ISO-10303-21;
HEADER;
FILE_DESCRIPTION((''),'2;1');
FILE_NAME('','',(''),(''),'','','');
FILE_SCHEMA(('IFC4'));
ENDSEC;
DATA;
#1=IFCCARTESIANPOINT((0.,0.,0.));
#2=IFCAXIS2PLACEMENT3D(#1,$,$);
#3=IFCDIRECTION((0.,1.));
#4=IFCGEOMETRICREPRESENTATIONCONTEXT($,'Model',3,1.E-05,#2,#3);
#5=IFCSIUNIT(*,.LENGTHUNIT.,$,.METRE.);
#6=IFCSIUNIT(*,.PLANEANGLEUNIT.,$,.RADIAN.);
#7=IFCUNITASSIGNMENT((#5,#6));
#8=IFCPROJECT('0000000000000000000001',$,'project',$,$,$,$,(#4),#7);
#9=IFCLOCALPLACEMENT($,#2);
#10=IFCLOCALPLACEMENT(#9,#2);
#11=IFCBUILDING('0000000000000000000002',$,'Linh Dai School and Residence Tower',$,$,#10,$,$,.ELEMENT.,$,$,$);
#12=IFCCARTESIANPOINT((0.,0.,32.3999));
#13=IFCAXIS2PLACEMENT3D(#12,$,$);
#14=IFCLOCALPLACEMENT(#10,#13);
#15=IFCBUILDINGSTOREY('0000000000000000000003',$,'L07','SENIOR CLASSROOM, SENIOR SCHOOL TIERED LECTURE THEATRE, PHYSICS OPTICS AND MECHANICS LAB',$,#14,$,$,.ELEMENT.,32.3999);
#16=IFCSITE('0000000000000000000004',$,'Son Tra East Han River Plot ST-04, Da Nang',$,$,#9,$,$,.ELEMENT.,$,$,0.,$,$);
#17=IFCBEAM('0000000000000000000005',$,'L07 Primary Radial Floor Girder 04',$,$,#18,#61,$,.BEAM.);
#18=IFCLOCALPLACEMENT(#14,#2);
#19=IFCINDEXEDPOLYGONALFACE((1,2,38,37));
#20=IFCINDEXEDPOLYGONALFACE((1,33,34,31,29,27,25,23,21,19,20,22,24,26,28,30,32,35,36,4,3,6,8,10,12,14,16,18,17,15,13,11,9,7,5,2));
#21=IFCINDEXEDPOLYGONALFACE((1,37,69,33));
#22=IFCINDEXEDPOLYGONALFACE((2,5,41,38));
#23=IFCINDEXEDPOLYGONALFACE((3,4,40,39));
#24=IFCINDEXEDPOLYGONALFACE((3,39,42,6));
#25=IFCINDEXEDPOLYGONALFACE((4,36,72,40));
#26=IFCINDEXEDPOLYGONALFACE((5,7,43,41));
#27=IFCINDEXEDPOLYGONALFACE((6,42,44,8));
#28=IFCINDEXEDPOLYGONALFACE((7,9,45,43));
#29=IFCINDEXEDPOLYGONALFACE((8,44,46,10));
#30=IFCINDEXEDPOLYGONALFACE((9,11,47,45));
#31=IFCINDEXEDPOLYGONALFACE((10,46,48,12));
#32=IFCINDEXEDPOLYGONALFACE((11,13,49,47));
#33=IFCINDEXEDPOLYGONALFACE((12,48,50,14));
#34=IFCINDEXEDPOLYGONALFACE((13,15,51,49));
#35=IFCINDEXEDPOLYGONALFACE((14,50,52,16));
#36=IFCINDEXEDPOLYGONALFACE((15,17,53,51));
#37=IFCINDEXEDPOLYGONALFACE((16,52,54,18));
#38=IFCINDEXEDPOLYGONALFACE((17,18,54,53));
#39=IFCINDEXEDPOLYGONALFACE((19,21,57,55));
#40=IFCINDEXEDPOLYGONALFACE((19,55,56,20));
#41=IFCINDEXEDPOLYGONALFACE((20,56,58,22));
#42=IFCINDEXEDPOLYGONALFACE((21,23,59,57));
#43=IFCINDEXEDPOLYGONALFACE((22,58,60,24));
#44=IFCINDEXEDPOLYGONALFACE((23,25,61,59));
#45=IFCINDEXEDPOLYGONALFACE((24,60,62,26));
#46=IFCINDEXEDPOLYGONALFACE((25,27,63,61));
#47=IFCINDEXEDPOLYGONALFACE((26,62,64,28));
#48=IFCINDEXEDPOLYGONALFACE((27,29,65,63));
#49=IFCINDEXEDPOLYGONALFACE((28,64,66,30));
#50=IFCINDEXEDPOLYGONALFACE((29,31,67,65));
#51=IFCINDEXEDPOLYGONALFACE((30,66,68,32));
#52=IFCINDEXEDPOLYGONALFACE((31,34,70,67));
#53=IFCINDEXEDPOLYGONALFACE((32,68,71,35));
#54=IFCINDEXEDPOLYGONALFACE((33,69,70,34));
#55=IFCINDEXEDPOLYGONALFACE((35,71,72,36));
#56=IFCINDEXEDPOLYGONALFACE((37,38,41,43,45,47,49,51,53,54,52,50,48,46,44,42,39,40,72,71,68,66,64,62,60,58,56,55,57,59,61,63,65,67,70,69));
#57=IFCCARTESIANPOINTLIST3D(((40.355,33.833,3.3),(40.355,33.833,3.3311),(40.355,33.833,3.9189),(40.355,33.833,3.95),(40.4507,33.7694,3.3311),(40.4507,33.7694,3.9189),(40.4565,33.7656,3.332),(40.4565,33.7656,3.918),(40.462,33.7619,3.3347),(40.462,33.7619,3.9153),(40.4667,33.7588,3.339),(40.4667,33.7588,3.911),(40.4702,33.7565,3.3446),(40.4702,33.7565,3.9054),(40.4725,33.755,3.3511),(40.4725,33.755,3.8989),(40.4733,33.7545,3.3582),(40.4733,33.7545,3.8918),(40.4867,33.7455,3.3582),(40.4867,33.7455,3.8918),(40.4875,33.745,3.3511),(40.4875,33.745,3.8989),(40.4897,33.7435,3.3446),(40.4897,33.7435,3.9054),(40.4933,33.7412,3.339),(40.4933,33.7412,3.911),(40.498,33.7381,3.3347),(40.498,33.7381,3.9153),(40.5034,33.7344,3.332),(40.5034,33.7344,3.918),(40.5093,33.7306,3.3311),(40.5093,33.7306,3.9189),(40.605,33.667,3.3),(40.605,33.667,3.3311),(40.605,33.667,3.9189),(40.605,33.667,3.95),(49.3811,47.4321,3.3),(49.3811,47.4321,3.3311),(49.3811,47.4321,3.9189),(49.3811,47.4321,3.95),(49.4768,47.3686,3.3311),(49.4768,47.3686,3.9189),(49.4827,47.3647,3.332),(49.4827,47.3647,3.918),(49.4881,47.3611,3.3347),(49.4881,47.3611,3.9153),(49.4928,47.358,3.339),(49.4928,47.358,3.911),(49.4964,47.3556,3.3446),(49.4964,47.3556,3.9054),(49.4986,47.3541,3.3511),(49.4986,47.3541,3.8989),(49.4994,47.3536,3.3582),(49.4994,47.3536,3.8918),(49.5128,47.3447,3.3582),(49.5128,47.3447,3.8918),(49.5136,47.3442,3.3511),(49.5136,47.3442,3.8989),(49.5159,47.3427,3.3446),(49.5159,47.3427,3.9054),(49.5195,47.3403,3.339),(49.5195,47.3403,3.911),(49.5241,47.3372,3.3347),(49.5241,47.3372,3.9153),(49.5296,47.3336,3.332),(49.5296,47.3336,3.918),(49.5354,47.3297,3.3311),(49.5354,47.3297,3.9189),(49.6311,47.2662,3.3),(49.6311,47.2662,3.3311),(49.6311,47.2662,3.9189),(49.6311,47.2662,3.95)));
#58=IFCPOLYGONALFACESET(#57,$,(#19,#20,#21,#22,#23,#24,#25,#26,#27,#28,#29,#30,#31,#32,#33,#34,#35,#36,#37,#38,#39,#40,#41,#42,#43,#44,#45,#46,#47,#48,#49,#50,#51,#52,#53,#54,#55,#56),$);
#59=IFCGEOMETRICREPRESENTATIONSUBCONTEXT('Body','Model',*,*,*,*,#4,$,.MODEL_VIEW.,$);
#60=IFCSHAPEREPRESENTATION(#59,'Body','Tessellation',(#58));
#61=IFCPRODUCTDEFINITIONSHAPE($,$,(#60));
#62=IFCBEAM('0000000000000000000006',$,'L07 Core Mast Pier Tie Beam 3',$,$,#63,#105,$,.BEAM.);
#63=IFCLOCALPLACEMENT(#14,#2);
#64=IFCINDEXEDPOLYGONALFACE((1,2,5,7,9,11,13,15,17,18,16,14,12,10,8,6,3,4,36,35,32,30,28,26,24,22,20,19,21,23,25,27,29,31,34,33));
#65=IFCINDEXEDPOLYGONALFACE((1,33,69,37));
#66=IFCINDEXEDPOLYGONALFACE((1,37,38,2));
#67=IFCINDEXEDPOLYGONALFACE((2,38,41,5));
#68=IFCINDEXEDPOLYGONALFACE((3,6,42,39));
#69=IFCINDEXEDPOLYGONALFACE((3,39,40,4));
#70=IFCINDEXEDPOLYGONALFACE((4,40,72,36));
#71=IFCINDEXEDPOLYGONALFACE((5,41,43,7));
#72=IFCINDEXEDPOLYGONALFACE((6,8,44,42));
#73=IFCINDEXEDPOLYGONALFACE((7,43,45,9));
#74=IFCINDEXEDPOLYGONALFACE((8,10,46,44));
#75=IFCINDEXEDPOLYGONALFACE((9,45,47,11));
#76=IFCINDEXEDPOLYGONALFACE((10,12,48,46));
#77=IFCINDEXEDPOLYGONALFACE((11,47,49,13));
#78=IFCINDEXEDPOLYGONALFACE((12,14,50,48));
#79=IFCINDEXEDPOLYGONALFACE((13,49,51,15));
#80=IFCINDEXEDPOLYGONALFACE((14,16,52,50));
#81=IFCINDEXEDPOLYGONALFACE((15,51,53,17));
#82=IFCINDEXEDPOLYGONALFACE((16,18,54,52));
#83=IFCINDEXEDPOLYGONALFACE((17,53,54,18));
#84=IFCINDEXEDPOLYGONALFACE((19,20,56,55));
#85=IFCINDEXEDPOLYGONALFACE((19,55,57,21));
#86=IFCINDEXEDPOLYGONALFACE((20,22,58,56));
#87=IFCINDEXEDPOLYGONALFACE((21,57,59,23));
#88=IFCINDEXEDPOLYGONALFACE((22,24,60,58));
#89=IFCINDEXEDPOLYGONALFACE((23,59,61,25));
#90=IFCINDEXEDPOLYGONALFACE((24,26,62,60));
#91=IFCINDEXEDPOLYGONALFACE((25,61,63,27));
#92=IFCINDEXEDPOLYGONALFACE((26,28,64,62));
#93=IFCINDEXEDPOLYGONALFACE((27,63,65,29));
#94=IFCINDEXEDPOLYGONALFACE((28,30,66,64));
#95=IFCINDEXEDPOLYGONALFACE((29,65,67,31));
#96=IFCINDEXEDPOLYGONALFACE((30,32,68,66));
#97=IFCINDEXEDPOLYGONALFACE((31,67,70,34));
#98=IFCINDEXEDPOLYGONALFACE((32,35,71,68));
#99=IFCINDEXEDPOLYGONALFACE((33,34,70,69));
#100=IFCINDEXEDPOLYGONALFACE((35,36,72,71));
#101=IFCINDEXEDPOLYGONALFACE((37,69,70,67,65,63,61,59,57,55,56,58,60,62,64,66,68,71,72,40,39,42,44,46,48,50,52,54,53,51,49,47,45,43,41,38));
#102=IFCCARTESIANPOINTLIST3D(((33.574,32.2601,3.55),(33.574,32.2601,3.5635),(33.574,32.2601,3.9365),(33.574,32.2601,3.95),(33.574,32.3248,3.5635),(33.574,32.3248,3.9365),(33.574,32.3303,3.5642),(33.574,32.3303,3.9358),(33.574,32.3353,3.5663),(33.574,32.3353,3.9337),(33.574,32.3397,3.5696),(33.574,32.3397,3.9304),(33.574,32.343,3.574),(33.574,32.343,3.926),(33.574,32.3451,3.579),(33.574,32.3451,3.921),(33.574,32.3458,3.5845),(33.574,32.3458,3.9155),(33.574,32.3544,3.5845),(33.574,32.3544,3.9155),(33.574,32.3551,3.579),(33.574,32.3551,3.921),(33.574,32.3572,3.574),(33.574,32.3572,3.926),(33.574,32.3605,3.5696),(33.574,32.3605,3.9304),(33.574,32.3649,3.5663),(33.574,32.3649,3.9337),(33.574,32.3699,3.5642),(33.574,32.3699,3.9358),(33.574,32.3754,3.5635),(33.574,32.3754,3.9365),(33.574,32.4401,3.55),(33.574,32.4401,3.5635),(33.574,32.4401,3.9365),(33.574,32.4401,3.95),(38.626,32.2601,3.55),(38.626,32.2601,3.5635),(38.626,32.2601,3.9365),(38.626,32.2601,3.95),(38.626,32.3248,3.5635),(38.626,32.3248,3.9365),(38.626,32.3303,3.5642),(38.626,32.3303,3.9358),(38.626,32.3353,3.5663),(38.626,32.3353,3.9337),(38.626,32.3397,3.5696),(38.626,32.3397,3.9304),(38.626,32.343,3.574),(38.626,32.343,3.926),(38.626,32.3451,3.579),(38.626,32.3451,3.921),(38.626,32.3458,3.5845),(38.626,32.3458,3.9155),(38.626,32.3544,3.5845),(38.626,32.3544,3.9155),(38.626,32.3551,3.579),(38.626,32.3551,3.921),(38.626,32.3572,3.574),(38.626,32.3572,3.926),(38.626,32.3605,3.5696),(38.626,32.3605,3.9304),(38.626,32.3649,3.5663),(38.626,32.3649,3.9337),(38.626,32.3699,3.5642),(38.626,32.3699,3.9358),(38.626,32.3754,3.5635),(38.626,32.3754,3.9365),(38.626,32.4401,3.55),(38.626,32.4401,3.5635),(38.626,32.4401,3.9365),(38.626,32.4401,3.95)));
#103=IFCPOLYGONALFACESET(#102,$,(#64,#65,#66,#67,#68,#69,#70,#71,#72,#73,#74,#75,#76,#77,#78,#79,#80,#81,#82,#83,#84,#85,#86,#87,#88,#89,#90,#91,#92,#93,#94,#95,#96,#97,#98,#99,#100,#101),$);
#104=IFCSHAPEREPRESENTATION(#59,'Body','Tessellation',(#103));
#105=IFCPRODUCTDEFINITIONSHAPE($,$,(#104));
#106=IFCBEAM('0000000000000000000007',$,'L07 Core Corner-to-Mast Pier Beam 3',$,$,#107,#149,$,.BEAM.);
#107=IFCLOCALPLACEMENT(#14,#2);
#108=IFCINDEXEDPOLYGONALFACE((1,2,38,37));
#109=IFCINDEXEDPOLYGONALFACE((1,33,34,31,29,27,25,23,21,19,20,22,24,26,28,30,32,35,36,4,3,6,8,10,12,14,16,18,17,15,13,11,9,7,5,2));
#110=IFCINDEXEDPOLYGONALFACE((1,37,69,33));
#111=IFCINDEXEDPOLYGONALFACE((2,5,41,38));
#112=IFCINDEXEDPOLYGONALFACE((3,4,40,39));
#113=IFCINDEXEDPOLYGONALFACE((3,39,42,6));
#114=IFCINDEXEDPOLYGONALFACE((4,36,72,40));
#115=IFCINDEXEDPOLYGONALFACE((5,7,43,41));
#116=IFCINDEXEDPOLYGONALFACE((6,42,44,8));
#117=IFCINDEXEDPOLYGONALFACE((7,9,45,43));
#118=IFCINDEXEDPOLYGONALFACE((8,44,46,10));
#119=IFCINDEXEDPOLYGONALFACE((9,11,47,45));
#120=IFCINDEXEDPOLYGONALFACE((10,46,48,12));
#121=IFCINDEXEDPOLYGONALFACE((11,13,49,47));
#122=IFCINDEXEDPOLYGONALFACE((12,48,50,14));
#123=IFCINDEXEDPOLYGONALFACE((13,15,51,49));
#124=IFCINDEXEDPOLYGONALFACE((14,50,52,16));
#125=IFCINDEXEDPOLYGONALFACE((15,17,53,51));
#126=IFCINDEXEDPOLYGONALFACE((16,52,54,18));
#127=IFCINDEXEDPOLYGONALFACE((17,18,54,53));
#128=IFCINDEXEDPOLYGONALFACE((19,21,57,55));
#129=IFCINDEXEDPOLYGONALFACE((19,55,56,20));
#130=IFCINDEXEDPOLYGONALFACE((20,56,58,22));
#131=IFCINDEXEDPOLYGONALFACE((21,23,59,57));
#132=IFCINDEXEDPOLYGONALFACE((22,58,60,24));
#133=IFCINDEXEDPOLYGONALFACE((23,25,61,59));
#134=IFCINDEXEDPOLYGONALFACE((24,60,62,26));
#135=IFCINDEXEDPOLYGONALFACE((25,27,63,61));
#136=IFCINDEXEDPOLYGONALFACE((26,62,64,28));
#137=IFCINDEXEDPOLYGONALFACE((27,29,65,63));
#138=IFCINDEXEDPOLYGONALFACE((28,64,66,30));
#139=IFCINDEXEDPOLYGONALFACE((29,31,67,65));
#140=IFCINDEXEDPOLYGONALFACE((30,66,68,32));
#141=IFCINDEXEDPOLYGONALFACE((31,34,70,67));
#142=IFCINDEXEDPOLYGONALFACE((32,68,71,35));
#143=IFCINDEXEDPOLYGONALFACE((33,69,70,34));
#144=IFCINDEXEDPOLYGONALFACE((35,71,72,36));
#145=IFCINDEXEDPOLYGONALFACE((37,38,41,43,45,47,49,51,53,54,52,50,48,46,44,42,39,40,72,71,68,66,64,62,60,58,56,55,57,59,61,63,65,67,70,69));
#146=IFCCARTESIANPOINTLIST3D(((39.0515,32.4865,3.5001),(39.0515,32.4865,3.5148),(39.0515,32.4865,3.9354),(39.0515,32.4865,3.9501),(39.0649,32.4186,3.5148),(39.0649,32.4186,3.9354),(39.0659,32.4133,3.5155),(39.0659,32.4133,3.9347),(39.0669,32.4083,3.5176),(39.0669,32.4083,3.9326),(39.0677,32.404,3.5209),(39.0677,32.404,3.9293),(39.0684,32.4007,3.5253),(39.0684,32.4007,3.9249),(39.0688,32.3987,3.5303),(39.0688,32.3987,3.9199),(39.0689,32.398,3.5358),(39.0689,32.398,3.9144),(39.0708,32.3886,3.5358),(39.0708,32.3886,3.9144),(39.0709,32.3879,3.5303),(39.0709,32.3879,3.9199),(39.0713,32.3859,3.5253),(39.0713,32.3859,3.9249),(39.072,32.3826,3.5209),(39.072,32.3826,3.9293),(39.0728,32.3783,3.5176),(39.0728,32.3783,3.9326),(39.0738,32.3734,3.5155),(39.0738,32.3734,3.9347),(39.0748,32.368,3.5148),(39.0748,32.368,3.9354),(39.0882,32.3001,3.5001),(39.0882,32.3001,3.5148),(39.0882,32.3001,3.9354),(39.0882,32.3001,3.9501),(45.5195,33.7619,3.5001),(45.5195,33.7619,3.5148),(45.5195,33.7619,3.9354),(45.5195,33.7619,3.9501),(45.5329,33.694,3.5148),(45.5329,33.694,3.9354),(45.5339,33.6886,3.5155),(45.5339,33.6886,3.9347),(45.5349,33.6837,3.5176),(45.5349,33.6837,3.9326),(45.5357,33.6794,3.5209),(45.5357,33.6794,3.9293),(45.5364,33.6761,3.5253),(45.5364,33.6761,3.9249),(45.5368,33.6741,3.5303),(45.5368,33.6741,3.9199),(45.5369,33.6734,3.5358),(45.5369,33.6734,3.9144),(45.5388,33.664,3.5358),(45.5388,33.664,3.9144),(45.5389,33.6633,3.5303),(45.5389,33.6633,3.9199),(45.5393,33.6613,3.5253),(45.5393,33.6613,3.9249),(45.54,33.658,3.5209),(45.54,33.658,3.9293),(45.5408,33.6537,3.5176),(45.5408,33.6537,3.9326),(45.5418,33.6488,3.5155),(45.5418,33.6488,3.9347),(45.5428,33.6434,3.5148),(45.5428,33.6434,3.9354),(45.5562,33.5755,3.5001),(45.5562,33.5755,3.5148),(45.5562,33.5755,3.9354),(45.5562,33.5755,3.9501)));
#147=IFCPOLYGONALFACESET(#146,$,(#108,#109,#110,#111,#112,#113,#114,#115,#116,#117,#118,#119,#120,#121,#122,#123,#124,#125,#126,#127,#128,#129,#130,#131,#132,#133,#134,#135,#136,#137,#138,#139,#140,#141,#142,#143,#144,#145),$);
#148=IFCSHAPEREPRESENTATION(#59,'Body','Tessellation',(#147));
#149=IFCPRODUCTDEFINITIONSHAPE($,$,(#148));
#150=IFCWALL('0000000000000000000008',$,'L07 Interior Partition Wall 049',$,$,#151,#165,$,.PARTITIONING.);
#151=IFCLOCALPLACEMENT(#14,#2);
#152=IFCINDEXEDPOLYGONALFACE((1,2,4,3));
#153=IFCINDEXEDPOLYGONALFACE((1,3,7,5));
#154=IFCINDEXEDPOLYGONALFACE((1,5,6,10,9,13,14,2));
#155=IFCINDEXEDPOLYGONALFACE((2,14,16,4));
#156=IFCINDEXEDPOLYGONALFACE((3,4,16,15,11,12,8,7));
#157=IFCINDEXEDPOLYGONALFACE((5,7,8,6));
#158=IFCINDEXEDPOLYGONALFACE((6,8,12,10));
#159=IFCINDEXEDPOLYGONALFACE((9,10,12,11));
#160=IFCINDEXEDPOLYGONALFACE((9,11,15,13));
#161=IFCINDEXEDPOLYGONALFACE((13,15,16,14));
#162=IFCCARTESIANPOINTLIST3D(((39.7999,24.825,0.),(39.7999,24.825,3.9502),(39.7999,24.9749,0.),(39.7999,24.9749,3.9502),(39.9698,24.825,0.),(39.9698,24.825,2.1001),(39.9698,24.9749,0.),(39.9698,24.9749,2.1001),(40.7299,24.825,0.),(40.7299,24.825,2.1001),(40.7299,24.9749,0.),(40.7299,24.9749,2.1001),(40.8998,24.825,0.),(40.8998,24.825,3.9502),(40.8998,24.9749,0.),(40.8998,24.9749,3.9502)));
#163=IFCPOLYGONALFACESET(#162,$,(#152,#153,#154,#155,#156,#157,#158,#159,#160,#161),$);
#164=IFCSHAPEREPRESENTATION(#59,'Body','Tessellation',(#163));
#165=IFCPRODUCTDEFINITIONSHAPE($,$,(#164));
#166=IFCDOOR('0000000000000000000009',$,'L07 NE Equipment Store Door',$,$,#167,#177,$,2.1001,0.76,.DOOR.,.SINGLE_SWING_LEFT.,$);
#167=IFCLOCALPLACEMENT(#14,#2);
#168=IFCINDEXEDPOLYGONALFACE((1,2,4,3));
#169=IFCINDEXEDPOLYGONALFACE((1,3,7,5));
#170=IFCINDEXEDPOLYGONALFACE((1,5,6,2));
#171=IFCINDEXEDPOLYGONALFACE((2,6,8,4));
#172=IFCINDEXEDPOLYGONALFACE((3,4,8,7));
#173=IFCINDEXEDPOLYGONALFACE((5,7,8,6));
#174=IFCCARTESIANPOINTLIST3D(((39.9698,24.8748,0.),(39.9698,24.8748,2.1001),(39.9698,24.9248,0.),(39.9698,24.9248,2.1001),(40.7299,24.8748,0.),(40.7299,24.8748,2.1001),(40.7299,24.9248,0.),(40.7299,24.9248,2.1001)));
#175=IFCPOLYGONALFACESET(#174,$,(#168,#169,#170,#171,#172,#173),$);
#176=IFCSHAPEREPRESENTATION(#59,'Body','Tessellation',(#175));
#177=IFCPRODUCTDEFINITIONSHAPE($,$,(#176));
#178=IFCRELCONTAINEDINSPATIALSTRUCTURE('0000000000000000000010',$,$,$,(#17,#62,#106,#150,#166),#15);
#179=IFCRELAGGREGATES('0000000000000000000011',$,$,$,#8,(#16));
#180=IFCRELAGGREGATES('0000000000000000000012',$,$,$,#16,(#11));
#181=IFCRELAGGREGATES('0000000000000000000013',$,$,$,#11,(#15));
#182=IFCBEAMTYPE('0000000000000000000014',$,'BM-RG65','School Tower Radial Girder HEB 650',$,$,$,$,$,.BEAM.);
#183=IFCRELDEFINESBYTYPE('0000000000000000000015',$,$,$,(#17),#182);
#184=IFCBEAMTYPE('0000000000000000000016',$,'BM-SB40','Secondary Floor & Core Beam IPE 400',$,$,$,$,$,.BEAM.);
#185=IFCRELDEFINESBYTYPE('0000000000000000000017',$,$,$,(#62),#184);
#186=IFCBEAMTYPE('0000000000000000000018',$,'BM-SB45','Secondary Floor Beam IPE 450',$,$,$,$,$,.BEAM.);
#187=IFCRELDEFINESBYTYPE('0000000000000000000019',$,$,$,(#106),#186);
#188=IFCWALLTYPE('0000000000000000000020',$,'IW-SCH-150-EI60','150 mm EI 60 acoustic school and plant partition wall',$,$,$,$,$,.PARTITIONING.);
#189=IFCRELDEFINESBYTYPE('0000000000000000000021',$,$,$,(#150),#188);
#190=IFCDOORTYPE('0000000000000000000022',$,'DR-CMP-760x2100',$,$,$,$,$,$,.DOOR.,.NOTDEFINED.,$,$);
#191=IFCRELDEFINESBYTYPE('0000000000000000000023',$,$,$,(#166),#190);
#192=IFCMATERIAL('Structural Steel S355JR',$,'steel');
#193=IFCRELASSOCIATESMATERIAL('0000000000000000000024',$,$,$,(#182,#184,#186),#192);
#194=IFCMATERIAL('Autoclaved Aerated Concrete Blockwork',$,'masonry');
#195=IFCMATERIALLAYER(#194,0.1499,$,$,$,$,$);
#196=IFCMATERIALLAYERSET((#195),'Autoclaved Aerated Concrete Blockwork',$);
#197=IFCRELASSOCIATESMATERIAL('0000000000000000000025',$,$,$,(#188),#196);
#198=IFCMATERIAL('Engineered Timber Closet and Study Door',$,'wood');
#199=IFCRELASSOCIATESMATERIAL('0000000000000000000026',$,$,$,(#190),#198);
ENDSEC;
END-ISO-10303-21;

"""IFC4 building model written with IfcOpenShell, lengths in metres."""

from ifc_helpers import new_model, si_unit, direction, frame, frame_2d, origin, origin_2d, place, context, subcontext, project, spatial, rectangle, i_section, extrude, source, transform, mapped, material, layer, layer_set, material_profile, profile_set, type_object, element, fill, save


model = new_model("IFC4")

# Units and contexts
model_context = context("Model", 3, precision=1e-05, world=origin(), true_north=direction((0.0, 1.0)))
body_context = subcontext(model_context, "Body", "Model", "MODEL_VIEW")
ifc_project = project(units=[si_unit("LENGTHUNIT", "METRE"), si_unit("PLANEANGLEUNIT", "RADIAN")], contexts=[model_context])

# Site, building, storey
site_placement = place(None, origin())
site = spatial("IfcSite", under=ifc_project, at=site_placement, Name="Son Tra East Han River Plot ST-04, Da Nang", CompositionType="ELEMENT", RefElevation=0.0)
building_placement = place(site_placement, origin())
building = spatial("IfcBuilding", under=site, at=building_placement, Name="Linh Dai School and Residence Tower", CompositionType="ELEMENT")
storey_placement = place(building_placement, frame((0.0, 0.0, 32.3999)))
storey = spatial("IfcBuildingStorey", under=building, at=storey_placement, Name="L07", Description="SENIOR CLASSROOM, SENIOR SCHOOL TIERED LECTURE THEATRE, PHYSICS OPTICS AND MECHANICS LAB", CompositionType="ELEMENT", Elevation=32.3999)

# Shared definitions
ifc_material_1 = material(Name="Structural Steel S355JR", Category="steel")

# Beams
ifc_material_profile_1 = material_profile(ifc_material_1, i_section(OverallWidth=0.3, OverallDepth=0.6499, WebThickness=0.0161, FlangeThickness=0.031, FilletRadius=0.0271, at=origin_2d()), Name="HEB 650")
ifc_profile_set_1 = profile_set([ifc_material_profile_1], Name="Structural Steel S355JR")
beam_type_1 = type_object("IfcBeamType", Name="BM-RG65", Description="School Tower Radial Girder HEB 650", PredefinedType="BEAM", material=ifc_profile_set_1)
beam_1_placement = place(storey_placement, frame((40.48, 33.75, 3.625), z_axis=(0.553004, 0.833178, 0.0), x_axis=(-0.833178, 0.553004, 0.0)))
element("IfcBeam", 1, at=beam_1_placement, inside=storey, type_object=beam_type_1, Name="L07 Primary Radial Floor Girder 04", PredefinedType="BEAM", context=body_context, shape_type="SweptSolid", body=[
    extrude(i_section(OverallWidth=0.3, OverallDepth=0.6499, WebThickness=0.0161, FlangeThickness=0.031, FilletRadius=0.0271, at=origin_2d()), origin(), (0.0, 0.0, 1.0), 16.322),
])
ifc_material_profile_2 = material_profile(ifc_material_1, i_section(OverallWidth=0.1799, OverallDepth=0.3999, WebThickness=0.0085, FlangeThickness=0.0134, FilletRadius=0.021, at=origin_2d()), Name="IPE 400")
ifc_profile_set_2 = profile_set([ifc_material_profile_2], Name="Structural Steel S355JR")
beam_type_2 = type_object("IfcBeamType", Name="BM-SB40", Description="Secondary Floor & Core Beam IPE 400", PredefinedType="BEAM", material=ifc_profile_set_2)
beam_2_placement = place(storey_placement, frame((38.626, 32.3501, 3.75), z_axis=(-1.0, 0.0, 0.0), x_axis=(0.0, -1.0, 0.0)))
element("IfcBeam", 2, at=beam_2_placement, inside=storey, type_object=beam_type_2, Name="L07 Core Mast Pier Tie Beam 3", PredefinedType="BEAM", context=body_context, shape_type="SweptSolid", body=[
    extrude(i_section(OverallWidth=0.1799, OverallDepth=0.3999, WebThickness=0.0085, FlangeThickness=0.0134, FilletRadius=0.021, at=origin_2d()), origin(), (0.0, 0.0, 1.0), 5.052),
])
ifc_material_profile_3 = material_profile(ifc_material_1, i_section(OverallWidth=0.1899, OverallDepth=0.45, WebThickness=0.0095, FlangeThickness=0.0146, FilletRadius=0.021, at=origin_2d()), Name="IPE 450")
ifc_profile_set_3 = profile_set([ifc_material_profile_3], Name="Structural Steel S355JR")
beam_type_3 = type_object("IfcBeamType", Name="BM-SB45", Description="Secondary Floor Beam IPE 450", PredefinedType="BEAM", material=ifc_profile_set_3)
beam_3_placement = place(storey_placement, frame((45.5378, 33.6687, 3.7251), z_axis=(-0.981108, -0.193459, 0.0), x_axis=(0.193459, -0.981108, 0.0)))
element("IfcBeam", 3, at=beam_3_placement, inside=storey, type_object=beam_type_3, Name="L07 Core Corner-to-Mast Pier Beam 3", PredefinedType="BEAM", context=body_context, shape_type="SweptSolid", body=[
    extrude(i_section(OverallWidth=0.1899, OverallDepth=0.45, WebThickness=0.0095, FlangeThickness=0.0146, FilletRadius=0.021, at=origin_2d()), origin(), (0.0, 0.0, 1.0), 6.5925),
])

# Wall, opening, door
ifc_material_2 = material(Name="Autoclaved Aerated Concrete Blockwork", Category="masonry")
ifc_layer_1 = layer(ifc_material_2, 0.1499)
ifc_layer_set_1 = layer_set([ifc_layer_1], Name="Autoclaved Aerated Concrete Blockwork")
wall_type_1 = type_object("IfcWallType", Name="IW-SCH-150-EI60", Description="150 mm EI 60 acoustic school and plant partition wall", PredefinedType="PARTITIONING", material=ifc_layer_set_1)
wall_1_placement = place(storey_placement, frame((39.8, 24.8999, 0.0), z_axis=(0.0, 0.0, 1.0), x_axis=(1.0, 0.0, 0.0)))
wall_1 = element("IfcWall", 4, at=wall_1_placement, inside=storey, type_object=wall_type_1, Name="L07 Interior Partition Wall 049", PredefinedType="PARTITIONING", context=body_context, shape_type="SweptSolid", body=[
    extrude(rectangle(XDim=1.0999, YDim=0.1499, at=frame_2d((0.5498, 0.0))), origin(), (0.0, 0.0, 1.0), 3.9502),
])
opening_placement = place(wall_1_placement, frame((0.1699, 0.0, 0.0)))
opening = element("IfcOpeningElement", 5, at=opening_placement, cuts=wall_1, PredefinedType="OPENING", context=body_context, shape_type="SweptSolid", body=[
    extrude(rectangle(XDim=0.76, YDim=2.1001, at=origin_2d()), frame((0.3799, 0.085, 1.05), z_axis=(0.0, -1.0, 0.0), x_axis=(1.0, 0.0, 0.0)), (0.0, 0.0, 1.0), 0.1699),
])
ifc_material_3 = material(Name="Engineered Timber Closet and Study Door", Category="wood")
door_type = type_object("IfcDoorType", Name="DR-CMP-760x2100", OperationType="NOTDEFINED", PredefinedType="DOOR", material=ifc_material_3)
shared_shape_1 = source(origin(), body_context, "Body", "SweptSolid", [
    extrude(rectangle(XDim=0.76, YDim=2.1001, at=origin_2d()), frame((0.3799, 0.0249, 1.05), z_axis=(0.0, -1.0, 0.0), x_axis=(1.0, 0.0, 0.0)), (0.0, 0.0, 1.0), 0.05),
])
door_placement = place(opening_placement, origin())
door = element("IfcDoor", 6, at=door_placement, inside=storey, type_object=door_type, Name="L07 NE Equipment Store Door", OperationType="SINGLE_SWING_LEFT", OverallHeight=2.1001, OverallWidth=0.76, PredefinedType="DOOR", context=body_context, shape_type="MappedRepresentation", body=[
    mapped(shared_shape_1, transform((0.0, 0.0, 0.0), x_axis=(1.0, 0.0, 0.0), y_axis=(0.0, 1.0, 0.0), z_axis=(0.0, 0.0, 1.0), scale=1.0)),
])
fill(opening, door)

save(model, "model.ifc")
